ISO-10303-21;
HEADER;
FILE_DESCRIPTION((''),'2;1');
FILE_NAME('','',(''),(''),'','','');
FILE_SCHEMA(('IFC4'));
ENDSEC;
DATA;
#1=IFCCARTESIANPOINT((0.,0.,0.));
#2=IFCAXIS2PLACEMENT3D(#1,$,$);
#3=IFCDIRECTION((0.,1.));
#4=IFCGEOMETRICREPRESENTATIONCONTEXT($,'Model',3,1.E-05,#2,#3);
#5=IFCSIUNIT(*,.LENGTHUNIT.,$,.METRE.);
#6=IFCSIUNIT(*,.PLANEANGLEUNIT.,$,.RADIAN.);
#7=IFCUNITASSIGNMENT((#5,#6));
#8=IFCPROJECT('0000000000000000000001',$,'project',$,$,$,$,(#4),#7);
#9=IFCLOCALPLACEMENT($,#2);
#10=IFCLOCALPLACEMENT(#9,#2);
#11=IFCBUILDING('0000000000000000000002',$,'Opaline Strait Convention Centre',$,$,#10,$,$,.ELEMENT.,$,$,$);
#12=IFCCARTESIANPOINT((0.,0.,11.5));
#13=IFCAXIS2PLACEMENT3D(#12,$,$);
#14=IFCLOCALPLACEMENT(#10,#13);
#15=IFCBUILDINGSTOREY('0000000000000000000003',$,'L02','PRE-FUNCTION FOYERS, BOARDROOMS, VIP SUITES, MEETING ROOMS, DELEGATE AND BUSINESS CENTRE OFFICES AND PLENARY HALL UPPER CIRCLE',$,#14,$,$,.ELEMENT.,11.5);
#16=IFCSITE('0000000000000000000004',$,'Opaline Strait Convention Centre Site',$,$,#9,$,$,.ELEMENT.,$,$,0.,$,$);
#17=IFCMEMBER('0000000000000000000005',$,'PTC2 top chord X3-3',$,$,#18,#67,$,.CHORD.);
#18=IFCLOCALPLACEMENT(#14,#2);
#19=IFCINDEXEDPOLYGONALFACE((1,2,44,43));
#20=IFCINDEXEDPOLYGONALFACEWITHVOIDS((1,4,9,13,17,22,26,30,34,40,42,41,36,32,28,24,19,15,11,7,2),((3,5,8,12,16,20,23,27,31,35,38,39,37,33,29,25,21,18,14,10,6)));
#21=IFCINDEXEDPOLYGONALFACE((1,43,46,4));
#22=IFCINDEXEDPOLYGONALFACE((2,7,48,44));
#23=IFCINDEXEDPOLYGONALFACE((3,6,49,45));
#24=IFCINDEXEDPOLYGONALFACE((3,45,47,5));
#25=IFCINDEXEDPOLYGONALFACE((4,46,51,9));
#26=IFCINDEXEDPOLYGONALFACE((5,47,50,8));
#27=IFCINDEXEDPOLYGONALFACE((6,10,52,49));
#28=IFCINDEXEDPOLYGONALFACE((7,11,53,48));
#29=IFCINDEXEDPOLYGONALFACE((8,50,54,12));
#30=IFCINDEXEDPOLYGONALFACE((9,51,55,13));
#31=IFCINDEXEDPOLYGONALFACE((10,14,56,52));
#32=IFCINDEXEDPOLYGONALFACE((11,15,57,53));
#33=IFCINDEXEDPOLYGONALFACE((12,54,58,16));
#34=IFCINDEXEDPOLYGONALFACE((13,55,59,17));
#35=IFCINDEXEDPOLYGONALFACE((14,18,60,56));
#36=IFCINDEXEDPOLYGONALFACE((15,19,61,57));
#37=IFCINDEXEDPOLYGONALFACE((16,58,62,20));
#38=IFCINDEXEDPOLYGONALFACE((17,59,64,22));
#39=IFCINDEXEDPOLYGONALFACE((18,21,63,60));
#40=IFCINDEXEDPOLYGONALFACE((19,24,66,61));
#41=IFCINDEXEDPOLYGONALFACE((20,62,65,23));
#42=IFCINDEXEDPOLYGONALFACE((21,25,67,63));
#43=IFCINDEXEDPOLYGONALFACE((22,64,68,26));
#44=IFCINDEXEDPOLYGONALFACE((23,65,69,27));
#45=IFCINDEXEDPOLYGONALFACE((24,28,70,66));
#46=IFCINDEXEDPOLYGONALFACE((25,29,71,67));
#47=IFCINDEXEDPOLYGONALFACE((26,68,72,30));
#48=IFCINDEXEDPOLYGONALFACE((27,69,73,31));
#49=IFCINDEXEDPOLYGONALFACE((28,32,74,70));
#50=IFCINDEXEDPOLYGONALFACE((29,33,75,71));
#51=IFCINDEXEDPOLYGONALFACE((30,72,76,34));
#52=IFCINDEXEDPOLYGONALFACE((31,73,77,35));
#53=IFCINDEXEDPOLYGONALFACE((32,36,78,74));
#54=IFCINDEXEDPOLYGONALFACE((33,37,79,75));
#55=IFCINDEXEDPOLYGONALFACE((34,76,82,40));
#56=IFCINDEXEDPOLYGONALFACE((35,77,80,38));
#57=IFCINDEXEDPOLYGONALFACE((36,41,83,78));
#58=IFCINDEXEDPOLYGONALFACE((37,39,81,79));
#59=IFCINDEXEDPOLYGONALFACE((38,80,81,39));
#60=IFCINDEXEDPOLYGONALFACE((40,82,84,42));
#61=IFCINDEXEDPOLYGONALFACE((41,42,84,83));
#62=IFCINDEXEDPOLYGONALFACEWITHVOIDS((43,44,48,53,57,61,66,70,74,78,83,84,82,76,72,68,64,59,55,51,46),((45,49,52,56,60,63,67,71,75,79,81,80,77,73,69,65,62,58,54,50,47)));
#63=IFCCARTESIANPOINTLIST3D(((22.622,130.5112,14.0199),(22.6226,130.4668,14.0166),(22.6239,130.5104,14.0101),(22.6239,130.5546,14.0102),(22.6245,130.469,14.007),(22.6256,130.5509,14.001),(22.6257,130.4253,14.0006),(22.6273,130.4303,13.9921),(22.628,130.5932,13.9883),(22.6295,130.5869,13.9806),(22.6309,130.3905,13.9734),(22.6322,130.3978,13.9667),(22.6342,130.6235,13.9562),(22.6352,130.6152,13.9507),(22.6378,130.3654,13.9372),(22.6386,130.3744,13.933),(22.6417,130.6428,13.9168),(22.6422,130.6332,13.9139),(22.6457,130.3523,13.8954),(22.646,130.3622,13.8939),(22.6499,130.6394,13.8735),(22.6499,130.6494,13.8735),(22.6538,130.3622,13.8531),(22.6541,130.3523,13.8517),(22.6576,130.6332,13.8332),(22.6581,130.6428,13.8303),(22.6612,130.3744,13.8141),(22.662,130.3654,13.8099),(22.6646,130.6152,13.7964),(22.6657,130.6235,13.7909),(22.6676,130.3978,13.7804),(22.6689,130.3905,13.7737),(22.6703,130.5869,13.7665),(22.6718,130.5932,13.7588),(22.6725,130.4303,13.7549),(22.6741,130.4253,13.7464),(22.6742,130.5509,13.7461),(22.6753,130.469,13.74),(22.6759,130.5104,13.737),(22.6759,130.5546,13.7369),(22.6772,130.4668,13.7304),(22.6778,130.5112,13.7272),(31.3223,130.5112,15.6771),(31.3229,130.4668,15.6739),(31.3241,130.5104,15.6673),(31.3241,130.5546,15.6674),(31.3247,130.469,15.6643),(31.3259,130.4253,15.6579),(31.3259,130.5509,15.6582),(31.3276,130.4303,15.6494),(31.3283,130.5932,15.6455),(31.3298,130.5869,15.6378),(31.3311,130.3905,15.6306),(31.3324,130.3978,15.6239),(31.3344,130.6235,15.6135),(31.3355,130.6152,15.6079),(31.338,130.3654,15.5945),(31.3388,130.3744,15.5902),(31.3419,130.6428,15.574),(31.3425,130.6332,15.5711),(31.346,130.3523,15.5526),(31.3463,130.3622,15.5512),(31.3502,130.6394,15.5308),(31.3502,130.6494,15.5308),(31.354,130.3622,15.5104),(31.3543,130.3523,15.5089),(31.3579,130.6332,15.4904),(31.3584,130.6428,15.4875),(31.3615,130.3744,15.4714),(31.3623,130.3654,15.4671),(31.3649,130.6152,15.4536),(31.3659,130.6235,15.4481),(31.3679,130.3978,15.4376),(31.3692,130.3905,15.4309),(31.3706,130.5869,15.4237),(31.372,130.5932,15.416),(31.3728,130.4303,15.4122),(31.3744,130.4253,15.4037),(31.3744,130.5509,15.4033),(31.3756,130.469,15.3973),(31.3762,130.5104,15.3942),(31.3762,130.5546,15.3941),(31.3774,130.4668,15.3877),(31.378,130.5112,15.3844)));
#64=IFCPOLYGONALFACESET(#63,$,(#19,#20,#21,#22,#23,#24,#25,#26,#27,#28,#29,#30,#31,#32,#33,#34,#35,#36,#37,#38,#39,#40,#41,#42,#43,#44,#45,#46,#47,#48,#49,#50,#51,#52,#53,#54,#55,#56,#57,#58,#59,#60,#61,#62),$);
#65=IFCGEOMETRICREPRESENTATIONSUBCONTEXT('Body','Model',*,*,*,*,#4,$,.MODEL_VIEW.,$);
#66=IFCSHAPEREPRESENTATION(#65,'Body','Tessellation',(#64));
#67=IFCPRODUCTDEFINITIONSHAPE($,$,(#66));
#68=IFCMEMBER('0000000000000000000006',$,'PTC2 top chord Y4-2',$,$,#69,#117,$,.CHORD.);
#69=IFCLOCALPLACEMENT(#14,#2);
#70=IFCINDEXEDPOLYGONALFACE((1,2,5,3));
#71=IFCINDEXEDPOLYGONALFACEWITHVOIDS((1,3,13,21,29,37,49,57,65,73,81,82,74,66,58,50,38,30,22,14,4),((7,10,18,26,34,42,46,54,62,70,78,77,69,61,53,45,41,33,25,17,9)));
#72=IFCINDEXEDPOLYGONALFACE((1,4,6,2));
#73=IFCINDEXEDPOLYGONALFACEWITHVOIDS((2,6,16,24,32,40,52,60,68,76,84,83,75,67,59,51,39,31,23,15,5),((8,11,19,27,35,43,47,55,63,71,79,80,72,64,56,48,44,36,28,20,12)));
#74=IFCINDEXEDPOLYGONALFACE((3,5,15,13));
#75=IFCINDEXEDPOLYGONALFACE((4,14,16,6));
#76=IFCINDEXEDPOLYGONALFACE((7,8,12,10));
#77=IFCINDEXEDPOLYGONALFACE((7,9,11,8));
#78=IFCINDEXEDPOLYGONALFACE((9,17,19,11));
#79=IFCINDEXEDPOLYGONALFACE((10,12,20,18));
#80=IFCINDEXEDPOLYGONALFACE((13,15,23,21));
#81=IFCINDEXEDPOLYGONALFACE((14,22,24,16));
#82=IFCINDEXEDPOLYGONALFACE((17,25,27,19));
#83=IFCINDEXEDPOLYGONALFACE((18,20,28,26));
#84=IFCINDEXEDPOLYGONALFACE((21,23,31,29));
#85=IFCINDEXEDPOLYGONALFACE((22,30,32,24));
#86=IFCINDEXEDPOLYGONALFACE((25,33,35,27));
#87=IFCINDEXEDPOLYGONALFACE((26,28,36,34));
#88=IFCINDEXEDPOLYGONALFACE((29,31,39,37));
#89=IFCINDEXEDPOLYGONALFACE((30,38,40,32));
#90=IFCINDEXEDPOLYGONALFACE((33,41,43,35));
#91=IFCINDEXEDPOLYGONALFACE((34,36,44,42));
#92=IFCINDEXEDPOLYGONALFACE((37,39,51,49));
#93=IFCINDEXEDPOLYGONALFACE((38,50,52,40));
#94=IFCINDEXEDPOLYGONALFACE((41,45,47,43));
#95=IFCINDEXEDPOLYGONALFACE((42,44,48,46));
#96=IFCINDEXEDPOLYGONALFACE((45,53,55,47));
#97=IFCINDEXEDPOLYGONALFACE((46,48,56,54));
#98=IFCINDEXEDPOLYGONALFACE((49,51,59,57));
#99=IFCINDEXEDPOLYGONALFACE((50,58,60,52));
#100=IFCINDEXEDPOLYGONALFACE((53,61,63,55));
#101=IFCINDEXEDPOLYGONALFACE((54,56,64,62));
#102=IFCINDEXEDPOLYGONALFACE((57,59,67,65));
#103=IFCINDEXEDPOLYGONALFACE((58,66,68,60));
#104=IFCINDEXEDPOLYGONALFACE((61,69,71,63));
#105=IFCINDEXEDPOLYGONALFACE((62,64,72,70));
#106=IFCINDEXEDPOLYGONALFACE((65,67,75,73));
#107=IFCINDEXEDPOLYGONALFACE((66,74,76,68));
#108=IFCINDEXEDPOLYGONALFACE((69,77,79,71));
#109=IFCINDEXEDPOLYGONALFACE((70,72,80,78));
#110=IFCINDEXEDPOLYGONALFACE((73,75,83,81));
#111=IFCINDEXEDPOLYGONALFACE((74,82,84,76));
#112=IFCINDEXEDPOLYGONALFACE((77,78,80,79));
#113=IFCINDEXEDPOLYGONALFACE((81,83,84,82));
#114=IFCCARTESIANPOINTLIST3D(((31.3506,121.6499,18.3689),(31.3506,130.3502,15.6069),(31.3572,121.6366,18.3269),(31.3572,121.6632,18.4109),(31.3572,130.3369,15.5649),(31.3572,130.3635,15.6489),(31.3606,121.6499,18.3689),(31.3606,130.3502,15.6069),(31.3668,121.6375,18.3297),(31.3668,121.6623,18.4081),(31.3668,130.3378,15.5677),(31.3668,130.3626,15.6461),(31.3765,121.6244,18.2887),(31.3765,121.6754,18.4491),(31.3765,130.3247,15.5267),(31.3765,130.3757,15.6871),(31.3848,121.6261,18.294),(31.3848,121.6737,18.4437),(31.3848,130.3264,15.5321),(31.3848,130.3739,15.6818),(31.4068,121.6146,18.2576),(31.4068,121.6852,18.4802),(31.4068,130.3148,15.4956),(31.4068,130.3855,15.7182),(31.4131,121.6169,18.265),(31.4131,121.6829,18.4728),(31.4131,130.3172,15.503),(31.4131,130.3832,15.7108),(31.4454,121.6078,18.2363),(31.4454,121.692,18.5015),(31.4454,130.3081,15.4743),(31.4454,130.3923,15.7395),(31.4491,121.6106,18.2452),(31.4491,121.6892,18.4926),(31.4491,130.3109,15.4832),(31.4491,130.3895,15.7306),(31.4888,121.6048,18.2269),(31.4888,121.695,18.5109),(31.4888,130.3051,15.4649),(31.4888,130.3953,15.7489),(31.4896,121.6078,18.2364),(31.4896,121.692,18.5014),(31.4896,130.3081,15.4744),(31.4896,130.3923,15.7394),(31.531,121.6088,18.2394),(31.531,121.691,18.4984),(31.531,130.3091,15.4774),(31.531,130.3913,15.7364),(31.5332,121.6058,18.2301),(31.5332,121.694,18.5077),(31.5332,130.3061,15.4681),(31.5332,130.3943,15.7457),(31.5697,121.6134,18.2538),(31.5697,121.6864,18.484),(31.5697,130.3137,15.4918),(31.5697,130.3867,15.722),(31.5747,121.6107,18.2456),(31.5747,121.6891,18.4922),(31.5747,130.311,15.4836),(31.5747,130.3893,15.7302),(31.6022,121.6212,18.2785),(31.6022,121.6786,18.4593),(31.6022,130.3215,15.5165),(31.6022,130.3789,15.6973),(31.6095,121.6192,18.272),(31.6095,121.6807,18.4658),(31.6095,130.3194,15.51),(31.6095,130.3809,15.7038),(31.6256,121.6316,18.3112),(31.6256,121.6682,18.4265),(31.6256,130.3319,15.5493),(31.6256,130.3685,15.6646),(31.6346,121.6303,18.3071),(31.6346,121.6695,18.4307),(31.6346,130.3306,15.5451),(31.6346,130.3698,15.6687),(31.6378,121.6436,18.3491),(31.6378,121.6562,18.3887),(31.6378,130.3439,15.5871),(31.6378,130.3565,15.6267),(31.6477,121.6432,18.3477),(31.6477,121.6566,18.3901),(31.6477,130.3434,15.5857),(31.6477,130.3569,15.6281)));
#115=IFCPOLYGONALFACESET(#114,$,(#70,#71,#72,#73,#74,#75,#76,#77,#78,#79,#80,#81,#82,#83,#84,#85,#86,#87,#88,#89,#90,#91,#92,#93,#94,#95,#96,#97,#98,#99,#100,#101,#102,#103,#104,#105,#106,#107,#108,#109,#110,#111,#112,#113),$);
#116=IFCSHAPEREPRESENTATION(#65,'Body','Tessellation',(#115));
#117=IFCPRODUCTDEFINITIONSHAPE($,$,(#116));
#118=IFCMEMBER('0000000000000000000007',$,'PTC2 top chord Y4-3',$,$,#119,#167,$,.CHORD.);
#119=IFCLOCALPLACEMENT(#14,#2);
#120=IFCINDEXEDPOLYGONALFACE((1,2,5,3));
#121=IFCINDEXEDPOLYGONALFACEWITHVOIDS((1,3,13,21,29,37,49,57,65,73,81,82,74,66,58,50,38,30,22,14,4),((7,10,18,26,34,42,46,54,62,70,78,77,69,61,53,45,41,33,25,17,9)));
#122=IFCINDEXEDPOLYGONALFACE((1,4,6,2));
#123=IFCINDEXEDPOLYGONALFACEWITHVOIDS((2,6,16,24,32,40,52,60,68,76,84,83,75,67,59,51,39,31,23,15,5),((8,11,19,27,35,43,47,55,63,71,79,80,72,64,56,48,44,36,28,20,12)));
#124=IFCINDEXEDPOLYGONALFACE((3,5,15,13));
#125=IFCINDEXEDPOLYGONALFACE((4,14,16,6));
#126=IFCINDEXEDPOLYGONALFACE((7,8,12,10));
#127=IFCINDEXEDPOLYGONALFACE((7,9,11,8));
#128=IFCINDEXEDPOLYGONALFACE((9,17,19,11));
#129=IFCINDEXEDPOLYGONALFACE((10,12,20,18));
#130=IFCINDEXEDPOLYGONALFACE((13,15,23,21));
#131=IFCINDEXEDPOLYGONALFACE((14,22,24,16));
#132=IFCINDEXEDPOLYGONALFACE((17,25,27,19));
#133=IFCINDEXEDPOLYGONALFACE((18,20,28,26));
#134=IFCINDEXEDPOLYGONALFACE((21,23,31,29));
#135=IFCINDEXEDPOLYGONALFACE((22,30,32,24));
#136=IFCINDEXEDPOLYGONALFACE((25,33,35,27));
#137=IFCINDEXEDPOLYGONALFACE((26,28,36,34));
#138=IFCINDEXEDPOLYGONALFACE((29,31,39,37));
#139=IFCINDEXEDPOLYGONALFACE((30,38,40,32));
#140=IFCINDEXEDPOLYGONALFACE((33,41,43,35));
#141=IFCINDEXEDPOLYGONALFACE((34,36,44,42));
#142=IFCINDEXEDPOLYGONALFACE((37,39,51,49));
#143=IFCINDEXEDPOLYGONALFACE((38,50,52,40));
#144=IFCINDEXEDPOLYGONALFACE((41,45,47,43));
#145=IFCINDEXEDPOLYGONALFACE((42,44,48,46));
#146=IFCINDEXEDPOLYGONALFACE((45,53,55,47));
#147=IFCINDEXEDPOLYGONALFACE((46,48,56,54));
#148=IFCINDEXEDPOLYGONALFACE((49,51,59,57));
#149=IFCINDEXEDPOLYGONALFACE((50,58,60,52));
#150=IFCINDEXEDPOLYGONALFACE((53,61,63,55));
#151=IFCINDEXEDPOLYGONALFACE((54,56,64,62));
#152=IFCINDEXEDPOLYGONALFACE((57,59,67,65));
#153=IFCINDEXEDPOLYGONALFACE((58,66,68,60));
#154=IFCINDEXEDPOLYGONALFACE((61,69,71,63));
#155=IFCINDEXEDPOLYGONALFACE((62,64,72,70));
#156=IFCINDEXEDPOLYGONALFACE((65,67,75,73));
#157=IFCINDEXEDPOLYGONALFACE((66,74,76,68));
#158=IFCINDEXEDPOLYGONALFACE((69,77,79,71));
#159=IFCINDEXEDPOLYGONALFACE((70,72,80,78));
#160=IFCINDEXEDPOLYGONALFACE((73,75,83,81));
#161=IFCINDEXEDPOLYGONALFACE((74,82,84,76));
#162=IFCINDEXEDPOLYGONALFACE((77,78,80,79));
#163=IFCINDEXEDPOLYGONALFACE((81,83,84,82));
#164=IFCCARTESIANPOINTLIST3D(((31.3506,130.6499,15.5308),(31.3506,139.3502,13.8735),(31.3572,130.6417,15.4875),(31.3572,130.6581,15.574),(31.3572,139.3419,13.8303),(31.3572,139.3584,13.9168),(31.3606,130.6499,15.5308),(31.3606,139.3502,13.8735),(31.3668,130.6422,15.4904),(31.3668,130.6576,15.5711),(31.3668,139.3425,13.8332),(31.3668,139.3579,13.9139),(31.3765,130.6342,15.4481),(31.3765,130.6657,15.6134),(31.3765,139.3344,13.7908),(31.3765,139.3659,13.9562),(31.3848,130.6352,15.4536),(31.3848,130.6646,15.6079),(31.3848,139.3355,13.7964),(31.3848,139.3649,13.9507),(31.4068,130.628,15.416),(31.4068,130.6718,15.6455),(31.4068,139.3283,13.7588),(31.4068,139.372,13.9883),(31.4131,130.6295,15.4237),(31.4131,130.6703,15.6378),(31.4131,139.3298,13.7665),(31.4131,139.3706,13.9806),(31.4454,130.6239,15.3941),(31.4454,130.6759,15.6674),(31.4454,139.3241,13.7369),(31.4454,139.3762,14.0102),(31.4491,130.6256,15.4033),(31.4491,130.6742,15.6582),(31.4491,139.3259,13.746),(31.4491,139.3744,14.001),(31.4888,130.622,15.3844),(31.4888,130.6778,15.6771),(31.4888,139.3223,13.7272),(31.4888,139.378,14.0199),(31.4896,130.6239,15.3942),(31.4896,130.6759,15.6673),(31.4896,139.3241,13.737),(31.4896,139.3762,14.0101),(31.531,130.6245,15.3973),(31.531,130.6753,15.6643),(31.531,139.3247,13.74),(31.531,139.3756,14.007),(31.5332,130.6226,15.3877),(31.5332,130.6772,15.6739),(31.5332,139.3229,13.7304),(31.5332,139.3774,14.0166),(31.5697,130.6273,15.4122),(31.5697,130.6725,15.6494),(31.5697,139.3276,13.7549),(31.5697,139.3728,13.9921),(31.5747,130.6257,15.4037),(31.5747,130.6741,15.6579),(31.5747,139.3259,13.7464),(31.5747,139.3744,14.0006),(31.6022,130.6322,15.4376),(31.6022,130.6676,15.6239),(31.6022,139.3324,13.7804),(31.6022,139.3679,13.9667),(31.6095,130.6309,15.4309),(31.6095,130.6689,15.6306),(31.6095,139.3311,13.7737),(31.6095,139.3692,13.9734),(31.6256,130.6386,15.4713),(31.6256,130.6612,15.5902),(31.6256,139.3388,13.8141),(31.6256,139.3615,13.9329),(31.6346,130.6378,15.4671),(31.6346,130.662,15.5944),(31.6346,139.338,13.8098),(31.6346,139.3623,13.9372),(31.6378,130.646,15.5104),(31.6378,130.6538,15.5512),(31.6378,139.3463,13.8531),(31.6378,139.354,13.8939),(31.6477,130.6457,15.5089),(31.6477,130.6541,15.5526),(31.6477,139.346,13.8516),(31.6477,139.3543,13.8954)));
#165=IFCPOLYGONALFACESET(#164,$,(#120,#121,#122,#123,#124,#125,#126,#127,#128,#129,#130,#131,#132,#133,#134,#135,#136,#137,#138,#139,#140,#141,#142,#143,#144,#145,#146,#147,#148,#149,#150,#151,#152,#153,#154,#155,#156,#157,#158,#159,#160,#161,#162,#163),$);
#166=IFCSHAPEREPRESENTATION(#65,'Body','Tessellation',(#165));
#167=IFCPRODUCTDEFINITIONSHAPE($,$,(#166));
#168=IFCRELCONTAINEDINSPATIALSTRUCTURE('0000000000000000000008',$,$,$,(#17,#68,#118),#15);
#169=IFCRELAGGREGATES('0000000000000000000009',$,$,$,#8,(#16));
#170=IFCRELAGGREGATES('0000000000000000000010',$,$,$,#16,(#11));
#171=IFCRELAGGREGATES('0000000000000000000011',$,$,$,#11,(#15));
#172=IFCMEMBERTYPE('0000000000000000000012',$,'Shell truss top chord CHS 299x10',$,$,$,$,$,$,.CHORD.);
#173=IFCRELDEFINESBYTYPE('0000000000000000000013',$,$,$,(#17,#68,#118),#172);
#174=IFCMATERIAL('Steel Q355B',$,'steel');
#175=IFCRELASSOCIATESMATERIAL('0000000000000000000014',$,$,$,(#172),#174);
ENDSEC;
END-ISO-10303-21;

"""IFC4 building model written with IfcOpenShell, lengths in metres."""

from ifc_helpers import new_model, si_unit, direction, frame, origin, origin_2d, place, context, subcontext, project, spatial, hollow_circle, extrude, material, material_profile, profile_set, type_object, element, save


model = new_model("IFC4")

# Units and contexts
model_context = context("Model", 3, precision=1e-05, world=origin(), true_north=direction((0.0, 1.0)))
body_context = subcontext(model_context, "Body", "Model", "MODEL_VIEW")
ifc_project = project(units=[si_unit("LENGTHUNIT", "METRE"), si_unit("PLANEANGLEUNIT", "RADIAN")], contexts=[model_context])

# Site, building, storey
site_placement = place(None, origin())
site = spatial("IfcSite", under=ifc_project, at=site_placement, Name="Opaline Strait Convention Centre Site", CompositionType="ELEMENT", RefElevation=0.0)
building_placement = place(site_placement, origin())
building = spatial("IfcBuilding", under=site, at=building_placement, Name="Opaline Strait Convention Centre", CompositionType="ELEMENT")
storey_placement = place(building_placement, frame((0.0, 0.0, 11.5)))
storey = spatial("IfcBuildingStorey", under=building, at=storey_placement, Name="L02", Description="PRE-FUNCTION FOYERS, BOARDROOMS, VIP SUITES, MEETING ROOMS, DELEGATE AND BUSINESS CENTRE OFFICES AND PLENARY HALL UPPER CIRCLE", CompositionType="ELEMENT", Elevation=11.5)

# Members
ifc_material_1 = material(Name="Steel Q355B", Category="steel")
ifc_material_profile_1 = material_profile(ifc_material_1, hollow_circle(Radius=0.1494, WallThickness=0.01, at=origin_2d()), Name="CHS 299x10")
ifc_profile_set_1 = profile_set([ifc_material_profile_1], Name="Steel Q355B")
member_type_1 = type_object("IfcMemberType", Name="Shell truss top chord CHS 299x10", PredefinedType="CHORD", material=ifc_profile_set_1)
for number, where, z_axis, x_axis, name in (
    (1, (22.6499, 130.5, 13.8735), (0.982338, 0.0, 0.187117), (0.0, 1.0, 0.0), "PTC2 top chord X3-3"),
):
    element("IfcMember", number, at=place(storey_placement, frame(where, z_axis=z_axis, x_axis=x_axis)), inside=storey, type_object=member_type_1, Name=name, PredefinedType="CHORD", context=body_context, shape_type="SweptSolid", body=[
        extrude(hollow_circle(Radius=0.1494, WallThickness=0.01, at=origin_2d()), origin(), (0.0, 0.0, 1.0), 8.8567),
    ])
member_1_placement = place(storey_placement, frame((31.5, 121.6499, 18.3689), z_axis=(0.0, 0.953124, -0.302579), x_axis=(-1.0, 0.0, 0.0)))
element("IfcMember", 2, at=member_1_placement, inside=storey, type_object=member_type_1, Name="PTC2 top chord Y4-2", PredefinedType="CHORD", context=body_context, shape_type="SweptSolid", body=[
    extrude(hollow_circle(Radius=0.1494, WallThickness=0.01, at=origin_2d()), origin(), (0.0, 0.0, 1.0), 9.1282),
])
member_2_placement = place(storey_placement, frame((31.5, 130.6499, 15.5308), z_axis=(0.0, 0.982338, -0.187117), x_axis=(-1.0, 0.0, 0.0)))
element("IfcMember", 3, at=member_2_placement, inside=storey, type_object=member_type_1, Name="PTC2 top chord Y4-3", PredefinedType="CHORD", context=body_context, shape_type="SweptSolid", body=[
    extrude(hollow_circle(Radius=0.1494, WallThickness=0.01, at=origin_2d()), origin(), (0.0, 0.0, 1.0), 8.8567),
])

save(model, "model.ifc")
